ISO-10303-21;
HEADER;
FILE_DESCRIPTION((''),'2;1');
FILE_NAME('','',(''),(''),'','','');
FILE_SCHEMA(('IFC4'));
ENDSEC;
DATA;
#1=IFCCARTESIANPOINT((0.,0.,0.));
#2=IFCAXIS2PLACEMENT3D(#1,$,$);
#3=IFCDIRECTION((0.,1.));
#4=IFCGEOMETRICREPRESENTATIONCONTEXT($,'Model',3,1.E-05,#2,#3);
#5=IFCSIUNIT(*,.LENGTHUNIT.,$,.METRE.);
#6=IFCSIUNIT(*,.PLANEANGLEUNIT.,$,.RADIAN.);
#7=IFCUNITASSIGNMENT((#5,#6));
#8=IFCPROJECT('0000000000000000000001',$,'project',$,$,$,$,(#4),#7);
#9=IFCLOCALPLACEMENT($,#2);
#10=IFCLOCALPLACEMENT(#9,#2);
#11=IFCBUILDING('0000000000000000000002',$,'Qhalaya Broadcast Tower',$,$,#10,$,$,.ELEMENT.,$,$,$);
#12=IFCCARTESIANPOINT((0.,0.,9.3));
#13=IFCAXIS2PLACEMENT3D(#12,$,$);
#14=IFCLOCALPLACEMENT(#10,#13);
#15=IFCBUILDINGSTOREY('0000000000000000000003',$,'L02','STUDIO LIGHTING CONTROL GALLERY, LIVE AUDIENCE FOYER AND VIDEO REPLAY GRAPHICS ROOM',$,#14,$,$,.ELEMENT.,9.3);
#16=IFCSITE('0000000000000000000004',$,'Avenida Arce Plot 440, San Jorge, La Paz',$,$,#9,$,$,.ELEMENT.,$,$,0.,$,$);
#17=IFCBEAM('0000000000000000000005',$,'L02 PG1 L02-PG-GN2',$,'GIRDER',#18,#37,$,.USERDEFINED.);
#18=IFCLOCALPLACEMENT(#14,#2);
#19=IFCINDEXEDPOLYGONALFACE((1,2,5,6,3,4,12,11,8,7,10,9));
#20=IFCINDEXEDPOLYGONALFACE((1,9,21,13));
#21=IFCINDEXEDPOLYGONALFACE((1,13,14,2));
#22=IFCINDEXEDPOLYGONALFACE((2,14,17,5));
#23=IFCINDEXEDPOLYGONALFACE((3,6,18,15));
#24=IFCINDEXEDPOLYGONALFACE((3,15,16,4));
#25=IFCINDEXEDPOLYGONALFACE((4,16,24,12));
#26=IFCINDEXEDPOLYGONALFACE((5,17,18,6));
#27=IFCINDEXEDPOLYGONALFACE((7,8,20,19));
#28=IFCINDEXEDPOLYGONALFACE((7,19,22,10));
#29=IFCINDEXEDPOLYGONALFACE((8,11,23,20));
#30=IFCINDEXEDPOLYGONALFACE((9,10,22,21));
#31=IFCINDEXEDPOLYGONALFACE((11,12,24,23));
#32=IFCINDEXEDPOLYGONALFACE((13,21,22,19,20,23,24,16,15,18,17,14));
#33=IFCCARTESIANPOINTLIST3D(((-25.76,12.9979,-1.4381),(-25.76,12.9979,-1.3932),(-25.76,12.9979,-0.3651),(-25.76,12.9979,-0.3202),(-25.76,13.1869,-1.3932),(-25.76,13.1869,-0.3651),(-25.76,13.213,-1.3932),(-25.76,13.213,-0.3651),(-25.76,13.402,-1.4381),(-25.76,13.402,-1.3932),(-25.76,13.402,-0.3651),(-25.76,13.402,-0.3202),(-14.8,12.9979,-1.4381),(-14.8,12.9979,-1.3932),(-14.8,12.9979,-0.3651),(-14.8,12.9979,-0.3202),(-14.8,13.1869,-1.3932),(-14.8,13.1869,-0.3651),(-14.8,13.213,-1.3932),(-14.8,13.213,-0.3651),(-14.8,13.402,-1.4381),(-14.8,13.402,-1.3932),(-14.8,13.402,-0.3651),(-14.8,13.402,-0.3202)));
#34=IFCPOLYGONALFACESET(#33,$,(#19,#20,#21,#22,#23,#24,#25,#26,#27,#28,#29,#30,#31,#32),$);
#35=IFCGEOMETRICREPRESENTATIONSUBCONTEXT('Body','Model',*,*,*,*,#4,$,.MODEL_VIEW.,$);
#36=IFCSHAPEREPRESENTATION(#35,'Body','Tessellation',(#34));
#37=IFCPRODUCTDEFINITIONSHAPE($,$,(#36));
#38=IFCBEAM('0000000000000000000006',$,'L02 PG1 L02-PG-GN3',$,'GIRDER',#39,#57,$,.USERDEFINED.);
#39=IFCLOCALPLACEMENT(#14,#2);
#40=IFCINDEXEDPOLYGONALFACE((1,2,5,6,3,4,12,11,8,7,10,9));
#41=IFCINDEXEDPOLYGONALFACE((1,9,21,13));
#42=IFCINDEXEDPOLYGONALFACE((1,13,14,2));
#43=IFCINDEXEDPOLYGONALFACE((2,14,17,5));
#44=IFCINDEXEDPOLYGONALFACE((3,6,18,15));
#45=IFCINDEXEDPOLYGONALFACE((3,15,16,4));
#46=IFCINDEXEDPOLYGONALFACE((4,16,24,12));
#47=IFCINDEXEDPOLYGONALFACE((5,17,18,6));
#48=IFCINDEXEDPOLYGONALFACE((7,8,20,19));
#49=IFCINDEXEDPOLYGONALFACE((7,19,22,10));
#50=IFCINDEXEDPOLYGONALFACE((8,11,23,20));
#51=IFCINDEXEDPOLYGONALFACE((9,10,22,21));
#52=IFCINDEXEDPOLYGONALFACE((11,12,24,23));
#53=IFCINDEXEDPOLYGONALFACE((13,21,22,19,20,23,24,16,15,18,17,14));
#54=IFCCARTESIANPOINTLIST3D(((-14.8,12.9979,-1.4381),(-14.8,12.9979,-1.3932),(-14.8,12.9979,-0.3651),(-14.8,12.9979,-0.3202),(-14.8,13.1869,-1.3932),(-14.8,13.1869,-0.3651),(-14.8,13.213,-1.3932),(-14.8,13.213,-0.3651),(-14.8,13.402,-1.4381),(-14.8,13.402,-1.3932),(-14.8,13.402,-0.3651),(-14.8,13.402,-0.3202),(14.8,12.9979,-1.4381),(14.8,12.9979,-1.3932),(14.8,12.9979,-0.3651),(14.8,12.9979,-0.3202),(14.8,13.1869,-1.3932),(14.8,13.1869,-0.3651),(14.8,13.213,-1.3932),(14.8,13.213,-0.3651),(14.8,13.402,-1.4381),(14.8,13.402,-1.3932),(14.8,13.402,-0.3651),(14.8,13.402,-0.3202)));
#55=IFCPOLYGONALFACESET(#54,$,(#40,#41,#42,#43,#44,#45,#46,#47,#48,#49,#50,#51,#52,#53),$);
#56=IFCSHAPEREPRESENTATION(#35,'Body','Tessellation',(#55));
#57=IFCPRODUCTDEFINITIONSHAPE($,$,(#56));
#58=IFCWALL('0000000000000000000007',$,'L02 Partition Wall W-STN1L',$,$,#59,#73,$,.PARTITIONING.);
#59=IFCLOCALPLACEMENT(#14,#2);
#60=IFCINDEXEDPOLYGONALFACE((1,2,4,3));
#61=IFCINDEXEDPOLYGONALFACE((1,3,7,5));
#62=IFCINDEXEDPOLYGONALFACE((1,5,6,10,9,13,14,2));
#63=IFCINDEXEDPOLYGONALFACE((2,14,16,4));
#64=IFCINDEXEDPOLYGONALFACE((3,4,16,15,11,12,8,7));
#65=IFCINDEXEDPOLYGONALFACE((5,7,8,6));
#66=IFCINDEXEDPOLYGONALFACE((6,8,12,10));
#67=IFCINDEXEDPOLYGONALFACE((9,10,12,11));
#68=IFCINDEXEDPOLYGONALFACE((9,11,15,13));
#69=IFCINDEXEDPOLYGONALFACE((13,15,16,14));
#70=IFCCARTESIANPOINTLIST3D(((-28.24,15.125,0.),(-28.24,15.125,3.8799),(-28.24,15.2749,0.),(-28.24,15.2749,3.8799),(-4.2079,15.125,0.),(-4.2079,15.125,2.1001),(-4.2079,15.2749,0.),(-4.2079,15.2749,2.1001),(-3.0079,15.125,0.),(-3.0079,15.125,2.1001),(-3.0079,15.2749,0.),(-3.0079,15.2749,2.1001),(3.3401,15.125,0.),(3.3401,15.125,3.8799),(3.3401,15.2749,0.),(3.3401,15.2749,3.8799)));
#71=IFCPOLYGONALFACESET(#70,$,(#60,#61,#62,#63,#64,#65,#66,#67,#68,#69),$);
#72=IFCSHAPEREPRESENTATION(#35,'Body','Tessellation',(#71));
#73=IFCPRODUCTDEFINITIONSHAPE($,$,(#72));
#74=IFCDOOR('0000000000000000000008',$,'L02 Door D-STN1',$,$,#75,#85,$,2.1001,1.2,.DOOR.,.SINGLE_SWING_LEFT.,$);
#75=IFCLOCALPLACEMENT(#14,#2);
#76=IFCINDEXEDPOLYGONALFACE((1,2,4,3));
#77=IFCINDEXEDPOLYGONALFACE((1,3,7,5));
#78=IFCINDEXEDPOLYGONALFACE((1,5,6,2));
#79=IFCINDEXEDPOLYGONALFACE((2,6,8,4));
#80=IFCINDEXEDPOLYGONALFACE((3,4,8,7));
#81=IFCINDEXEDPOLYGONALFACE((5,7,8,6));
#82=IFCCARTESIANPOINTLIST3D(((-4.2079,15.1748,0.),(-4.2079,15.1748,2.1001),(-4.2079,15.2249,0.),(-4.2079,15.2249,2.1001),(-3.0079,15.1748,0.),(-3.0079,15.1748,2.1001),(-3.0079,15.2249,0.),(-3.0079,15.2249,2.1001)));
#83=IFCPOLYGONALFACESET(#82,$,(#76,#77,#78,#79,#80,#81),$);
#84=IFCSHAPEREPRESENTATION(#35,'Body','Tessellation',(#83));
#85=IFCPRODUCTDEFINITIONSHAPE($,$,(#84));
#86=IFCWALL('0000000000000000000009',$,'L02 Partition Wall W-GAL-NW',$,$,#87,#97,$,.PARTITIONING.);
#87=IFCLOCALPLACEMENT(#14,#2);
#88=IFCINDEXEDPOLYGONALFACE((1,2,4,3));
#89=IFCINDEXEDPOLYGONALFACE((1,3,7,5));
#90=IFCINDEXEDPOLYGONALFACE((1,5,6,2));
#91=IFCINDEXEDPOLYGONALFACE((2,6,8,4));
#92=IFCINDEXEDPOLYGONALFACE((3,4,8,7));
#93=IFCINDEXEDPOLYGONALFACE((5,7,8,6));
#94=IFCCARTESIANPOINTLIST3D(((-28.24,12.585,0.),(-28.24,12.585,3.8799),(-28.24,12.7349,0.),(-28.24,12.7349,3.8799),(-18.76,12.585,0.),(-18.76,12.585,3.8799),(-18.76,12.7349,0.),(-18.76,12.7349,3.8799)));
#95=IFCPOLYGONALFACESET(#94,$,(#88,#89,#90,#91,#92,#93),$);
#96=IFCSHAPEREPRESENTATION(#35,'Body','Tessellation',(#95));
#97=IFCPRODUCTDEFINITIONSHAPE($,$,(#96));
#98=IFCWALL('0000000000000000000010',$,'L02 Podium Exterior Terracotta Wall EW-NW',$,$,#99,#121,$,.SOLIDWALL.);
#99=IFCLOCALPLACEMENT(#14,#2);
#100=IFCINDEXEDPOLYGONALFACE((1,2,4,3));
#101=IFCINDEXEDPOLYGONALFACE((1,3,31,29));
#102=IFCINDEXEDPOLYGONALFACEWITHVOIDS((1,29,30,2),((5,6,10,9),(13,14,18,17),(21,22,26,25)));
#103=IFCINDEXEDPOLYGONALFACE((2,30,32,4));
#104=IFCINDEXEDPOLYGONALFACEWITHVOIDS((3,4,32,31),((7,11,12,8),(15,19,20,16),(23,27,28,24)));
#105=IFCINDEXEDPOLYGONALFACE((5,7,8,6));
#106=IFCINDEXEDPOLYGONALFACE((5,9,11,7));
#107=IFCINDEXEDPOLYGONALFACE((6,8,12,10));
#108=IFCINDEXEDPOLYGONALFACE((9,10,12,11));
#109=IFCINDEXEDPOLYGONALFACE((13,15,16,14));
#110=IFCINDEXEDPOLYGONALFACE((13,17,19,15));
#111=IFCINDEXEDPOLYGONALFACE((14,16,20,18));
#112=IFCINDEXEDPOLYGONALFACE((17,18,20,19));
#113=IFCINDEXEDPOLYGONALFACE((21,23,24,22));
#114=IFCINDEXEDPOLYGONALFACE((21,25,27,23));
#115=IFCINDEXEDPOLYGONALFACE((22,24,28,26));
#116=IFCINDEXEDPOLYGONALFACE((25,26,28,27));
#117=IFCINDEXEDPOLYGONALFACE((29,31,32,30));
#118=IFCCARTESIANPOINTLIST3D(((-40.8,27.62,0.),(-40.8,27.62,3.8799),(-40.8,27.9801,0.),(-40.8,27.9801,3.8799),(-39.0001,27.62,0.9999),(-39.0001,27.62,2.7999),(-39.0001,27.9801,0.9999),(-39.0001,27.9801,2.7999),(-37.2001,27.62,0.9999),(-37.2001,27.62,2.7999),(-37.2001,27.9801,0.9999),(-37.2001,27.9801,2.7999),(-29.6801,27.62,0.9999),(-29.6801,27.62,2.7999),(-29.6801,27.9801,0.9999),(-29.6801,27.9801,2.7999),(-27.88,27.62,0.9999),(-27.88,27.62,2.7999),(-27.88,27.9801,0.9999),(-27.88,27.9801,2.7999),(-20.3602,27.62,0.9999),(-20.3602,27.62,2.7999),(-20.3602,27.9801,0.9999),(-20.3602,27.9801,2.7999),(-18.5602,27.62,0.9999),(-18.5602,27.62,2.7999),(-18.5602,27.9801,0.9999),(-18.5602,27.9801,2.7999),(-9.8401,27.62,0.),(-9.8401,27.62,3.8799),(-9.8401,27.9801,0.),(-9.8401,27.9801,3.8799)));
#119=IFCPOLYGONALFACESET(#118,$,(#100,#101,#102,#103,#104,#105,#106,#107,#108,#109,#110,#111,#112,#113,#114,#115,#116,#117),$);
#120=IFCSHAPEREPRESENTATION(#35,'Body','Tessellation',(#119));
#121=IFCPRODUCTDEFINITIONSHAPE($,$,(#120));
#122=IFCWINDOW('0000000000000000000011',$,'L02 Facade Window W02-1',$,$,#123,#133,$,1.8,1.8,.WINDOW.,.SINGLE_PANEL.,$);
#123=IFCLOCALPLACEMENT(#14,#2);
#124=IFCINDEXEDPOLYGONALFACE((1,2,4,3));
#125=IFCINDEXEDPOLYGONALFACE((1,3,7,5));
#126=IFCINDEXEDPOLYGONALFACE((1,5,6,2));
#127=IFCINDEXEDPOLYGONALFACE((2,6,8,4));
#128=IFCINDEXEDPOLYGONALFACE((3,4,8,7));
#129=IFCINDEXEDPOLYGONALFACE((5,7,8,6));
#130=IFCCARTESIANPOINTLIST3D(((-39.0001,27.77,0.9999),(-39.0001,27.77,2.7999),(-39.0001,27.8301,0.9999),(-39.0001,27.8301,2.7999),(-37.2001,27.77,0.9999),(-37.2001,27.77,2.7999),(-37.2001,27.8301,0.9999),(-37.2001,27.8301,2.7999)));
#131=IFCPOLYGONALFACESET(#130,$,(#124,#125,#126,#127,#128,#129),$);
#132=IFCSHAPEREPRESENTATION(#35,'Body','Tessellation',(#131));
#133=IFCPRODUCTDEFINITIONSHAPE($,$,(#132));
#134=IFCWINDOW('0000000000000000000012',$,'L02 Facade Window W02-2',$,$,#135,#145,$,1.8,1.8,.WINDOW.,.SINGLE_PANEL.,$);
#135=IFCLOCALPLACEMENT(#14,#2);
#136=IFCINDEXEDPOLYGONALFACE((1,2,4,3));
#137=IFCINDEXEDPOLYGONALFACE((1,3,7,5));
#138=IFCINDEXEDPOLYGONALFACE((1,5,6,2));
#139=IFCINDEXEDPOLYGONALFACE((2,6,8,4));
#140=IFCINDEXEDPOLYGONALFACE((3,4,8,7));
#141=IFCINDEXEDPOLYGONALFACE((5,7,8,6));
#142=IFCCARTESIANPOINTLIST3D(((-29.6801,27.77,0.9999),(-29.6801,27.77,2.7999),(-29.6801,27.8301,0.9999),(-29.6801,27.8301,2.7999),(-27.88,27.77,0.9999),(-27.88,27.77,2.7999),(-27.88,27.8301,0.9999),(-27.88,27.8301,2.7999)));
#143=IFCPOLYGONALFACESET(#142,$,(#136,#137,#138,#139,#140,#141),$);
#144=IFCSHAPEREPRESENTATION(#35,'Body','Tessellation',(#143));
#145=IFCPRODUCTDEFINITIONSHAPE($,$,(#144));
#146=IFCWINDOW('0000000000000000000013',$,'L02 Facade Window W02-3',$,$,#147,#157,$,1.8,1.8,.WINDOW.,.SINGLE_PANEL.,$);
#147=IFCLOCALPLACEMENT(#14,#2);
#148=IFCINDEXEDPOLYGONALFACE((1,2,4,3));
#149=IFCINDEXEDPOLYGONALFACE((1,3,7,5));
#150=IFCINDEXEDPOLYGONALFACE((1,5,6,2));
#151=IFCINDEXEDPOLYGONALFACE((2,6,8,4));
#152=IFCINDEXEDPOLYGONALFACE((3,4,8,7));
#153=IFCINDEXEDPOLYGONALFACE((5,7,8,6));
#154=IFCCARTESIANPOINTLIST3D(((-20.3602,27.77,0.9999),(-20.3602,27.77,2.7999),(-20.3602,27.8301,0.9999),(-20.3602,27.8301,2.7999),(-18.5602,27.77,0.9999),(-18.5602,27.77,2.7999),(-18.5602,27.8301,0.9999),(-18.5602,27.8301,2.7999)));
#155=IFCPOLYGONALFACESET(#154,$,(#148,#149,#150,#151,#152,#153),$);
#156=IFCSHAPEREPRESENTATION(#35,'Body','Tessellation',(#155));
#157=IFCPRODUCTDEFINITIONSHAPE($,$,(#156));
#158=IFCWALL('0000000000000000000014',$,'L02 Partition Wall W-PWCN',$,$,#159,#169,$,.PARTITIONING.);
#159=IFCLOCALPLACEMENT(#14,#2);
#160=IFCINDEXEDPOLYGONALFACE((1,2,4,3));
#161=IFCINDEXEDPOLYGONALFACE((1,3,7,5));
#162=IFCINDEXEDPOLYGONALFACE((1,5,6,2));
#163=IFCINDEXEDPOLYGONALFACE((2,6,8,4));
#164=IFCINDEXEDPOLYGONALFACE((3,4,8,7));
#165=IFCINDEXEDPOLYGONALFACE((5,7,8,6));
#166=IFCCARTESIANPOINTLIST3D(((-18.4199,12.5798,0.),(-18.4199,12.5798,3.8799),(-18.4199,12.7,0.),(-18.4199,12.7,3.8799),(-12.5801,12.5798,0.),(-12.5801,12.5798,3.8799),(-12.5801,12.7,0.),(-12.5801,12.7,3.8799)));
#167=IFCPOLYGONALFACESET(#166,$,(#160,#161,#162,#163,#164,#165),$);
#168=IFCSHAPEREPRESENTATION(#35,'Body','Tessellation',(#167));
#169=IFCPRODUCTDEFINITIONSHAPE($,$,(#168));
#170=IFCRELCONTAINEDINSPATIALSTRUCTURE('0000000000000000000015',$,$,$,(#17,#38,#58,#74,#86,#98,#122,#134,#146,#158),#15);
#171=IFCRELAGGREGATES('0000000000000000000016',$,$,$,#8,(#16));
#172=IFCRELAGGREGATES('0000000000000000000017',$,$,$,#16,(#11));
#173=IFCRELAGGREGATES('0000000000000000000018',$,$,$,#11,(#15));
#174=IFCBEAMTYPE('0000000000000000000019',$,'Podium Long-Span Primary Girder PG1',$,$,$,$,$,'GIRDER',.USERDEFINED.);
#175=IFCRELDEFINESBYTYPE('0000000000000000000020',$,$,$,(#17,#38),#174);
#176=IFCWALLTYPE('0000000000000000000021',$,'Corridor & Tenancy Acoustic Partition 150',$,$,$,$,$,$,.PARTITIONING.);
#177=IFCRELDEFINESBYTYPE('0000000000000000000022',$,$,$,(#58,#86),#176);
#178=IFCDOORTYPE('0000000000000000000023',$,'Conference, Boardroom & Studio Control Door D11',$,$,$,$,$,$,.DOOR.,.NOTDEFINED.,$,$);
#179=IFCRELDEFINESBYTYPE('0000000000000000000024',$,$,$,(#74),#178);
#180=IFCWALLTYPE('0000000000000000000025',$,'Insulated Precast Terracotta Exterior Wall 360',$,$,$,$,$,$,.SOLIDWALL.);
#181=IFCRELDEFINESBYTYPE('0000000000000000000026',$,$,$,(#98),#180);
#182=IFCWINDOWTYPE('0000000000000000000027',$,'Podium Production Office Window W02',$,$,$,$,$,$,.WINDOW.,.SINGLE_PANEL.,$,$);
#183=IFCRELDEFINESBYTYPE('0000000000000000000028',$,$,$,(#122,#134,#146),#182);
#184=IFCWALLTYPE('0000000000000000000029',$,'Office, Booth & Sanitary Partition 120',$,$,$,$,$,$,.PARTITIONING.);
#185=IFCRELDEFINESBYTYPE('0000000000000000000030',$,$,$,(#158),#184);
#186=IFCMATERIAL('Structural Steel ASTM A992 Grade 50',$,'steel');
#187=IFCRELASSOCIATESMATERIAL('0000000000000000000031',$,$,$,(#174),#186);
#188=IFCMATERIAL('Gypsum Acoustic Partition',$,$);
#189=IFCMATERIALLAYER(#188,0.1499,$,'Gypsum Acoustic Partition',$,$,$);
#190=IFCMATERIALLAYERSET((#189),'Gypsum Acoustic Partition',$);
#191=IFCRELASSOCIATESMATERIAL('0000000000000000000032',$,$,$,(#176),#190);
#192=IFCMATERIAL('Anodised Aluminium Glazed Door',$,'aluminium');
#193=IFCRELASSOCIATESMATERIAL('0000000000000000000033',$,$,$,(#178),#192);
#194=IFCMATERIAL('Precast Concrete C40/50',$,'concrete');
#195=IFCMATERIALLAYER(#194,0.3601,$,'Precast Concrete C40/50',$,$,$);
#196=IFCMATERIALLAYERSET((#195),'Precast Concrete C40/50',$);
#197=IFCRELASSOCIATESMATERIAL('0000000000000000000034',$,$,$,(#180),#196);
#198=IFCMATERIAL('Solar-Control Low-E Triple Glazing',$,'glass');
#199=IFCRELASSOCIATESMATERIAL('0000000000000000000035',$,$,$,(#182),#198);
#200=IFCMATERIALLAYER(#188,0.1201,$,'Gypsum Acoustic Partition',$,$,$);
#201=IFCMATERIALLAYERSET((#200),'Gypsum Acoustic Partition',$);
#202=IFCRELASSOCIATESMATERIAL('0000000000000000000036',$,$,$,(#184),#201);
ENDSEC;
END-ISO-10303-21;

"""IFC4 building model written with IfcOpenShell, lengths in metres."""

from ifc_helpers import new_model, si_unit, direction, frame, frame_2d, origin, origin_2d, place, context, subcontext, project, spatial, rectangle, i_section, extrude, material, layer, layer_set, material_profile, profile_set, type_object, element, fill, save


model = new_model("IFC4")

# Units and contexts
model_context = context("Model", 3, precision=1e-05, world=origin(), true_north=direction((0.0, 1.0)))
body_context = subcontext(model_context, "Body", "Model", "MODEL_VIEW")
ifc_project = project(units=[si_unit("LENGTHUNIT", "METRE"), si_unit("PLANEANGLEUNIT", "RADIAN")], contexts=[model_context])

# Site, building, storey
site_placement = place(None, origin())
site = spatial("IfcSite", under=ifc_project, at=site_placement, Name="Avenida Arce Plot 440, San Jorge, La Paz", CompositionType="ELEMENT", RefElevation=0.0)
building_placement = place(site_placement, origin())
building = spatial("IfcBuilding", under=site, at=building_placement, Name="Qhalaya Broadcast Tower", CompositionType="ELEMENT")
storey_placement = place(building_placement, frame((0.0, 0.0, 9.3)))
storey = spatial("IfcBuildingStorey", under=building, at=storey_placement, Name="L02", Description="STUDIO LIGHTING CONTROL GALLERY, LIVE AUDIENCE FOYER AND VIDEO REPLAY GRAPHICS ROOM", CompositionType="ELEMENT", Elevation=9.3)

# Beams
ifc_material_1 = material(Name="Structural Steel ASTM A992 Grade 50", Category="steel")
ifc_material_profile_1 = material_profile(ifc_material_1, i_section(OverallWidth=0.4041, OverallDepth=1.1179, WebThickness=0.0261, FlangeThickness=0.0449, at=origin_2d()), Name="W44X335")
ifc_profile_set_1 = profile_set([ifc_material_profile_1], Name="Structural Steel ASTM A992 Grade 50")
beam_type_1 = type_object("IfcBeamType", Name="Podium Long-Span Primary Girder PG1", ElementType="GIRDER", PredefinedType="USERDEFINED", material=ifc_profile_set_1)
beam_1_placement = place(storey_placement, frame((-25.76, 13.2, -0.8792), z_axis=(1.0, 0.0, 0.0), x_axis=(0.0, 1.0, 0.0)))
element("IfcBeam", 1, at=beam_1_placement, inside=storey, type_object=beam_type_1, Name="L02 PG1 L02-PG-GN2", ObjectType="GIRDER", PredefinedType="USERDEFINED", context=body_context, shape_type="SweptSolid", body=[
    extrude(i_section(OverallWidth=0.4041, OverallDepth=1.1179, WebThickness=0.0261, FlangeThickness=0.0449, at=origin_2d()), origin(), (0.0, 0.0, 1.0), 10.96),
])
beam_2_placement = place(storey_placement, frame((-14.8, 13.2, -0.8792), z_axis=(1.0, 0.0, 0.0), x_axis=(0.0, 1.0, 0.0)))
element("IfcBeam", 2, at=beam_2_placement, inside=storey, type_object=beam_type_1, Name="L02 PG1 L02-PG-GN3", ObjectType="GIRDER", PredefinedType="USERDEFINED", context=body_context, shape_type="SweptSolid", body=[
    extrude(i_section(OverallWidth=0.4041, OverallDepth=1.1179, WebThickness=0.0261, FlangeThickness=0.0449, at=origin_2d()), origin(), (0.0, 0.0, 1.0), 29.6001),
])

# Wall, opening, door
ifc_material_2 = material(Name="Gypsum Acoustic Partition")
ifc_layer_1 = layer(ifc_material_2, 0.1499, Name="Gypsum Acoustic Partition")
ifc_layer_set_1 = layer_set([ifc_layer_1], Name="Gypsum Acoustic Partition")
wall_type_1 = type_object("IfcWallType", Name="Corridor & Tenancy Acoustic Partition 150", PredefinedType="PARTITIONING", material=ifc_layer_set_1)
wall_1_placement = place(storey_placement, frame((-28.24, 15.2, 0.0), z_axis=(0.0, 0.0, 1.0), x_axis=(1.0, 0.0, 0.0)))
wall_1 = element("IfcWall", 3, at=wall_1_placement, inside=storey, type_object=wall_type_1, Name="L02 Partition Wall W-STN1L", PredefinedType="PARTITIONING", context=body_context, shape_type="SweptSolid", body=[
    extrude(rectangle(XDim=31.5801, YDim=0.1499, at=frame_2d((15.79, 0.0))), origin(), (0.0, 0.0, 1.0), 3.8799),
])
opening_1_placement = place(wall_1_placement, frame((24.032, 0.0, 0.0)))
opening_1 = element("IfcOpeningElement", 4, at=opening_1_placement, cuts=wall_1, PredefinedType="OPENING", context=body_context, shape_type="SweptSolid", body=[
    extrude(rectangle(XDim=1.2, YDim=2.1001, at=frame_2d((0.6001, 1.05))), frame((0.0, 0.0869, 0.0), z_axis=(0.0, -1.0, 0.0), x_axis=(1.0, 0.0, 0.0)), (0.0, 0.0, 1.0), 0.1738),
])
ifc_material_3 = material(Name="Anodised Aluminium Glazed Door", Category="aluminium")
door_type = type_object("IfcDoorType", Name="Conference, Boardroom & Studio Control Door D11", OperationType="NOTDEFINED", PredefinedType="DOOR", material=ifc_material_3)
door_placement = place(opening_1_placement, origin())
door = element("IfcDoor", 5, at=door_placement, inside=storey, type_object=door_type, Name="L02 Door D-STN1", OperationType="SINGLE_SWING_LEFT", OverallHeight=2.1001, OverallWidth=1.2, PredefinedType="DOOR", context=body_context, shape_type="SweptSolid", body=[
    extrude(rectangle(XDim=1.2, YDim=2.1001, at=frame_2d((0.6001, 1.05))), frame((0.0, 0.0249, 0.0), z_axis=(0.0, -1.0, 0.0), x_axis=(1.0, 0.0, 0.0)), (0.0, 0.0, 1.0), 0.05),
])
fill(opening_1, door)

# Wall
wall_2_placement = place(storey_placement, frame((-28.24, 12.6599, 0.0), z_axis=(0.0, 0.0, 1.0), x_axis=(1.0, 0.0, 0.0)))
element("IfcWall", 6, at=wall_2_placement, inside=storey, type_object=wall_type_1, Name="L02 Partition Wall W-GAL-NW", PredefinedType="PARTITIONING", context=body_context, shape_type="SweptSolid", body=[
    extrude(rectangle(XDim=9.48, YDim=0.1499, at=frame_2d((4.74, 0.0))), origin(), (0.0, 0.0, 1.0), 3.8799),
])

# Wall, openings, windows
ifc_material_4 = material(Name="Precast Concrete C40/50", Category="concrete")
ifc_layer_2 = layer(ifc_material_4, 0.3601, Name="Precast Concrete C40/50")
ifc_layer_set_2 = layer_set([ifc_layer_2], Name="Precast Concrete C40/50")
wall_type_2 = type_object("IfcWallType", Name="Insulated Precast Terracotta Exterior Wall 360", PredefinedType="SOLIDWALL", material=ifc_layer_set_2)
wall_3_placement = place(storey_placement, frame((-40.8, 27.8, 0.0), z_axis=(0.0, 0.0, 1.0), x_axis=(1.0, 0.0, 0.0)))
wall_3 = element("IfcWall", 7, at=wall_3_placement, inside=storey, type_object=wall_type_2, Name="L02 Podium Exterior Terracotta Wall EW-NW", PredefinedType="SOLIDWALL", context=body_context, shape_type="SweptSolid", body=[
    extrude(rectangle(XDim=30.96, YDim=0.3601, at=frame_2d((15.48, 0.0))), origin(), (0.0, 0.0, 1.0), 3.8799),
])
opening_2_placement = place(wall_3_placement, frame((1.8, 0.0, 1.0)))
opening_2 = element("IfcOpeningElement", 8, at=opening_2_placement, cuts=wall_3, PredefinedType="OPENING", context=body_context, shape_type="SweptSolid", body=[
    extrude(rectangle(XDim=1.8, YDim=1.8, at=frame_2d((0.8999, 0.8999))), frame((0.0, 0.1921, 0.0), z_axis=(0.0, -1.0, 0.0), x_axis=(1.0, 0.0, 0.0)), (0.0, 0.0, 1.0), 0.384),
])
opening_3_placement = place(wall_3_placement, frame((11.1201, 0.0, 1.0)))
opening_3 = element("IfcOpeningElement", 9, at=opening_3_placement, cuts=wall_3, PredefinedType="OPENING", context=body_context, shape_type="SweptSolid", body=[
    extrude(rectangle(XDim=1.8, YDim=1.8, at=frame_2d((0.8999, 0.8999))), frame((0.0, 0.1921, 0.0), z_axis=(0.0, -1.0, 0.0), x_axis=(1.0, 0.0, 0.0)), (0.0, 0.0, 1.0), 0.384),
])
opening_4_placement = place(wall_3_placement, frame((20.4399, 0.0, 1.0)))
opening_4 = element("IfcOpeningElement", 10, at=opening_4_placement, cuts=wall_3, PredefinedType="OPENING", context=body_context, shape_type="SweptSolid", body=[
    extrude(rectangle(XDim=1.8, YDim=1.8, at=frame_2d((0.8999, 0.8999))), frame((0.0, 0.1921, 0.0), z_axis=(0.0, -1.0, 0.0), x_axis=(1.0, 0.0, 0.0)), (0.0, 0.0, 1.0), 0.384),
])
ifc_material_5 = material(Name="Solar-Control Low-E Triple Glazing", Category="glass")
window_type = type_object("IfcWindowType", Name="Podium Production Office Window W02", PartitioningType="SINGLE_PANEL", PredefinedType="WINDOW", material=ifc_material_5)
window_1_placement = place(opening_2_placement, origin())
window_1 = element("IfcWindow", 11, at=window_1_placement, inside=storey, type_object=window_type, Name="L02 Facade Window W02-1", OverallHeight=1.8, OverallWidth=1.8, PartitioningType="SINGLE_PANEL", PredefinedType="WINDOW", context=body_context, shape_type="SweptSolid", body=[
    extrude(rectangle(XDim=1.8, YDim=1.8, at=frame_2d((0.8999, 0.8999))), frame((0.0, 0.03, 0.0), z_axis=(0.0, -1.0, 0.0), x_axis=(1.0, 0.0, 0.0)), (0.0, 0.0, 1.0), 0.0601),
])
fill(opening_2, window_1)
window_2_placement = place(opening_3_placement, origin())
window_2 = element("IfcWindow", 12, at=window_2_placement, inside=storey, type_object=window_type, Name="L02 Facade Window W02-2", OverallHeight=1.8, OverallWidth=1.8, PartitioningType="SINGLE_PANEL", PredefinedType="WINDOW", context=body_context, shape_type="SweptSolid", body=[
    extrude(rectangle(XDim=1.8, YDim=1.8, at=frame_2d((0.8999, 0.8999))), frame((0.0, 0.03, 0.0), z_axis=(0.0, -1.0, 0.0), x_axis=(1.0, 0.0, 0.0)), (0.0, 0.0, 1.0), 0.0601),
])
fill(opening_3, window_2)
window_3_placement = place(opening_4_placement, origin())
window_3 = element("IfcWindow", 13, at=window_3_placement, inside=storey, type_object=window_type, Name="L02 Facade Window W02-3", OverallHeight=1.8, OverallWidth=1.8, PartitioningType="SINGLE_PANEL", PredefinedType="WINDOW", context=body_context, shape_type="SweptSolid", body=[
    extrude(rectangle(XDim=1.8, YDim=1.8, at=frame_2d((0.8999, 0.8999))), frame((0.0, 0.03, 0.0), z_axis=(0.0, -1.0, 0.0), x_axis=(1.0, 0.0, 0.0)), (0.0, 0.0, 1.0), 0.0601),
])
fill(opening_4, window_3)

# Wall
ifc_layer_3 = layer(ifc_material_2, 0.1201, Name="Gypsum Acoustic Partition")
ifc_layer_set_3 = layer_set([ifc_layer_3], Name="Gypsum Acoustic Partition")
wall_type_3 = type_object("IfcWallType", Name="Office, Booth & Sanitary Partition 120", PredefinedType="PARTITIONING", material=ifc_layer_set_3)
wall_4_placement = place(storey_placement, frame((-18.4199, 12.6399, 0.0), z_axis=(0.0, 0.0, 1.0), x_axis=(1.0, 0.0, 0.0)))
element("IfcWall", 14, at=wall_4_placement, inside=storey, type_object=wall_type_3, Name="L02 Partition Wall W-PWCN", PredefinedType="PARTITIONING", context=body_context, shape_type="SweptSolid", body=[
    extrude(rectangle(XDim=5.8398, YDim=0.1201, at=frame_2d((2.9199, 0.0))), origin(), (0.0, 0.0, 1.0), 3.8799),
])

save(model, "model.ifc")
